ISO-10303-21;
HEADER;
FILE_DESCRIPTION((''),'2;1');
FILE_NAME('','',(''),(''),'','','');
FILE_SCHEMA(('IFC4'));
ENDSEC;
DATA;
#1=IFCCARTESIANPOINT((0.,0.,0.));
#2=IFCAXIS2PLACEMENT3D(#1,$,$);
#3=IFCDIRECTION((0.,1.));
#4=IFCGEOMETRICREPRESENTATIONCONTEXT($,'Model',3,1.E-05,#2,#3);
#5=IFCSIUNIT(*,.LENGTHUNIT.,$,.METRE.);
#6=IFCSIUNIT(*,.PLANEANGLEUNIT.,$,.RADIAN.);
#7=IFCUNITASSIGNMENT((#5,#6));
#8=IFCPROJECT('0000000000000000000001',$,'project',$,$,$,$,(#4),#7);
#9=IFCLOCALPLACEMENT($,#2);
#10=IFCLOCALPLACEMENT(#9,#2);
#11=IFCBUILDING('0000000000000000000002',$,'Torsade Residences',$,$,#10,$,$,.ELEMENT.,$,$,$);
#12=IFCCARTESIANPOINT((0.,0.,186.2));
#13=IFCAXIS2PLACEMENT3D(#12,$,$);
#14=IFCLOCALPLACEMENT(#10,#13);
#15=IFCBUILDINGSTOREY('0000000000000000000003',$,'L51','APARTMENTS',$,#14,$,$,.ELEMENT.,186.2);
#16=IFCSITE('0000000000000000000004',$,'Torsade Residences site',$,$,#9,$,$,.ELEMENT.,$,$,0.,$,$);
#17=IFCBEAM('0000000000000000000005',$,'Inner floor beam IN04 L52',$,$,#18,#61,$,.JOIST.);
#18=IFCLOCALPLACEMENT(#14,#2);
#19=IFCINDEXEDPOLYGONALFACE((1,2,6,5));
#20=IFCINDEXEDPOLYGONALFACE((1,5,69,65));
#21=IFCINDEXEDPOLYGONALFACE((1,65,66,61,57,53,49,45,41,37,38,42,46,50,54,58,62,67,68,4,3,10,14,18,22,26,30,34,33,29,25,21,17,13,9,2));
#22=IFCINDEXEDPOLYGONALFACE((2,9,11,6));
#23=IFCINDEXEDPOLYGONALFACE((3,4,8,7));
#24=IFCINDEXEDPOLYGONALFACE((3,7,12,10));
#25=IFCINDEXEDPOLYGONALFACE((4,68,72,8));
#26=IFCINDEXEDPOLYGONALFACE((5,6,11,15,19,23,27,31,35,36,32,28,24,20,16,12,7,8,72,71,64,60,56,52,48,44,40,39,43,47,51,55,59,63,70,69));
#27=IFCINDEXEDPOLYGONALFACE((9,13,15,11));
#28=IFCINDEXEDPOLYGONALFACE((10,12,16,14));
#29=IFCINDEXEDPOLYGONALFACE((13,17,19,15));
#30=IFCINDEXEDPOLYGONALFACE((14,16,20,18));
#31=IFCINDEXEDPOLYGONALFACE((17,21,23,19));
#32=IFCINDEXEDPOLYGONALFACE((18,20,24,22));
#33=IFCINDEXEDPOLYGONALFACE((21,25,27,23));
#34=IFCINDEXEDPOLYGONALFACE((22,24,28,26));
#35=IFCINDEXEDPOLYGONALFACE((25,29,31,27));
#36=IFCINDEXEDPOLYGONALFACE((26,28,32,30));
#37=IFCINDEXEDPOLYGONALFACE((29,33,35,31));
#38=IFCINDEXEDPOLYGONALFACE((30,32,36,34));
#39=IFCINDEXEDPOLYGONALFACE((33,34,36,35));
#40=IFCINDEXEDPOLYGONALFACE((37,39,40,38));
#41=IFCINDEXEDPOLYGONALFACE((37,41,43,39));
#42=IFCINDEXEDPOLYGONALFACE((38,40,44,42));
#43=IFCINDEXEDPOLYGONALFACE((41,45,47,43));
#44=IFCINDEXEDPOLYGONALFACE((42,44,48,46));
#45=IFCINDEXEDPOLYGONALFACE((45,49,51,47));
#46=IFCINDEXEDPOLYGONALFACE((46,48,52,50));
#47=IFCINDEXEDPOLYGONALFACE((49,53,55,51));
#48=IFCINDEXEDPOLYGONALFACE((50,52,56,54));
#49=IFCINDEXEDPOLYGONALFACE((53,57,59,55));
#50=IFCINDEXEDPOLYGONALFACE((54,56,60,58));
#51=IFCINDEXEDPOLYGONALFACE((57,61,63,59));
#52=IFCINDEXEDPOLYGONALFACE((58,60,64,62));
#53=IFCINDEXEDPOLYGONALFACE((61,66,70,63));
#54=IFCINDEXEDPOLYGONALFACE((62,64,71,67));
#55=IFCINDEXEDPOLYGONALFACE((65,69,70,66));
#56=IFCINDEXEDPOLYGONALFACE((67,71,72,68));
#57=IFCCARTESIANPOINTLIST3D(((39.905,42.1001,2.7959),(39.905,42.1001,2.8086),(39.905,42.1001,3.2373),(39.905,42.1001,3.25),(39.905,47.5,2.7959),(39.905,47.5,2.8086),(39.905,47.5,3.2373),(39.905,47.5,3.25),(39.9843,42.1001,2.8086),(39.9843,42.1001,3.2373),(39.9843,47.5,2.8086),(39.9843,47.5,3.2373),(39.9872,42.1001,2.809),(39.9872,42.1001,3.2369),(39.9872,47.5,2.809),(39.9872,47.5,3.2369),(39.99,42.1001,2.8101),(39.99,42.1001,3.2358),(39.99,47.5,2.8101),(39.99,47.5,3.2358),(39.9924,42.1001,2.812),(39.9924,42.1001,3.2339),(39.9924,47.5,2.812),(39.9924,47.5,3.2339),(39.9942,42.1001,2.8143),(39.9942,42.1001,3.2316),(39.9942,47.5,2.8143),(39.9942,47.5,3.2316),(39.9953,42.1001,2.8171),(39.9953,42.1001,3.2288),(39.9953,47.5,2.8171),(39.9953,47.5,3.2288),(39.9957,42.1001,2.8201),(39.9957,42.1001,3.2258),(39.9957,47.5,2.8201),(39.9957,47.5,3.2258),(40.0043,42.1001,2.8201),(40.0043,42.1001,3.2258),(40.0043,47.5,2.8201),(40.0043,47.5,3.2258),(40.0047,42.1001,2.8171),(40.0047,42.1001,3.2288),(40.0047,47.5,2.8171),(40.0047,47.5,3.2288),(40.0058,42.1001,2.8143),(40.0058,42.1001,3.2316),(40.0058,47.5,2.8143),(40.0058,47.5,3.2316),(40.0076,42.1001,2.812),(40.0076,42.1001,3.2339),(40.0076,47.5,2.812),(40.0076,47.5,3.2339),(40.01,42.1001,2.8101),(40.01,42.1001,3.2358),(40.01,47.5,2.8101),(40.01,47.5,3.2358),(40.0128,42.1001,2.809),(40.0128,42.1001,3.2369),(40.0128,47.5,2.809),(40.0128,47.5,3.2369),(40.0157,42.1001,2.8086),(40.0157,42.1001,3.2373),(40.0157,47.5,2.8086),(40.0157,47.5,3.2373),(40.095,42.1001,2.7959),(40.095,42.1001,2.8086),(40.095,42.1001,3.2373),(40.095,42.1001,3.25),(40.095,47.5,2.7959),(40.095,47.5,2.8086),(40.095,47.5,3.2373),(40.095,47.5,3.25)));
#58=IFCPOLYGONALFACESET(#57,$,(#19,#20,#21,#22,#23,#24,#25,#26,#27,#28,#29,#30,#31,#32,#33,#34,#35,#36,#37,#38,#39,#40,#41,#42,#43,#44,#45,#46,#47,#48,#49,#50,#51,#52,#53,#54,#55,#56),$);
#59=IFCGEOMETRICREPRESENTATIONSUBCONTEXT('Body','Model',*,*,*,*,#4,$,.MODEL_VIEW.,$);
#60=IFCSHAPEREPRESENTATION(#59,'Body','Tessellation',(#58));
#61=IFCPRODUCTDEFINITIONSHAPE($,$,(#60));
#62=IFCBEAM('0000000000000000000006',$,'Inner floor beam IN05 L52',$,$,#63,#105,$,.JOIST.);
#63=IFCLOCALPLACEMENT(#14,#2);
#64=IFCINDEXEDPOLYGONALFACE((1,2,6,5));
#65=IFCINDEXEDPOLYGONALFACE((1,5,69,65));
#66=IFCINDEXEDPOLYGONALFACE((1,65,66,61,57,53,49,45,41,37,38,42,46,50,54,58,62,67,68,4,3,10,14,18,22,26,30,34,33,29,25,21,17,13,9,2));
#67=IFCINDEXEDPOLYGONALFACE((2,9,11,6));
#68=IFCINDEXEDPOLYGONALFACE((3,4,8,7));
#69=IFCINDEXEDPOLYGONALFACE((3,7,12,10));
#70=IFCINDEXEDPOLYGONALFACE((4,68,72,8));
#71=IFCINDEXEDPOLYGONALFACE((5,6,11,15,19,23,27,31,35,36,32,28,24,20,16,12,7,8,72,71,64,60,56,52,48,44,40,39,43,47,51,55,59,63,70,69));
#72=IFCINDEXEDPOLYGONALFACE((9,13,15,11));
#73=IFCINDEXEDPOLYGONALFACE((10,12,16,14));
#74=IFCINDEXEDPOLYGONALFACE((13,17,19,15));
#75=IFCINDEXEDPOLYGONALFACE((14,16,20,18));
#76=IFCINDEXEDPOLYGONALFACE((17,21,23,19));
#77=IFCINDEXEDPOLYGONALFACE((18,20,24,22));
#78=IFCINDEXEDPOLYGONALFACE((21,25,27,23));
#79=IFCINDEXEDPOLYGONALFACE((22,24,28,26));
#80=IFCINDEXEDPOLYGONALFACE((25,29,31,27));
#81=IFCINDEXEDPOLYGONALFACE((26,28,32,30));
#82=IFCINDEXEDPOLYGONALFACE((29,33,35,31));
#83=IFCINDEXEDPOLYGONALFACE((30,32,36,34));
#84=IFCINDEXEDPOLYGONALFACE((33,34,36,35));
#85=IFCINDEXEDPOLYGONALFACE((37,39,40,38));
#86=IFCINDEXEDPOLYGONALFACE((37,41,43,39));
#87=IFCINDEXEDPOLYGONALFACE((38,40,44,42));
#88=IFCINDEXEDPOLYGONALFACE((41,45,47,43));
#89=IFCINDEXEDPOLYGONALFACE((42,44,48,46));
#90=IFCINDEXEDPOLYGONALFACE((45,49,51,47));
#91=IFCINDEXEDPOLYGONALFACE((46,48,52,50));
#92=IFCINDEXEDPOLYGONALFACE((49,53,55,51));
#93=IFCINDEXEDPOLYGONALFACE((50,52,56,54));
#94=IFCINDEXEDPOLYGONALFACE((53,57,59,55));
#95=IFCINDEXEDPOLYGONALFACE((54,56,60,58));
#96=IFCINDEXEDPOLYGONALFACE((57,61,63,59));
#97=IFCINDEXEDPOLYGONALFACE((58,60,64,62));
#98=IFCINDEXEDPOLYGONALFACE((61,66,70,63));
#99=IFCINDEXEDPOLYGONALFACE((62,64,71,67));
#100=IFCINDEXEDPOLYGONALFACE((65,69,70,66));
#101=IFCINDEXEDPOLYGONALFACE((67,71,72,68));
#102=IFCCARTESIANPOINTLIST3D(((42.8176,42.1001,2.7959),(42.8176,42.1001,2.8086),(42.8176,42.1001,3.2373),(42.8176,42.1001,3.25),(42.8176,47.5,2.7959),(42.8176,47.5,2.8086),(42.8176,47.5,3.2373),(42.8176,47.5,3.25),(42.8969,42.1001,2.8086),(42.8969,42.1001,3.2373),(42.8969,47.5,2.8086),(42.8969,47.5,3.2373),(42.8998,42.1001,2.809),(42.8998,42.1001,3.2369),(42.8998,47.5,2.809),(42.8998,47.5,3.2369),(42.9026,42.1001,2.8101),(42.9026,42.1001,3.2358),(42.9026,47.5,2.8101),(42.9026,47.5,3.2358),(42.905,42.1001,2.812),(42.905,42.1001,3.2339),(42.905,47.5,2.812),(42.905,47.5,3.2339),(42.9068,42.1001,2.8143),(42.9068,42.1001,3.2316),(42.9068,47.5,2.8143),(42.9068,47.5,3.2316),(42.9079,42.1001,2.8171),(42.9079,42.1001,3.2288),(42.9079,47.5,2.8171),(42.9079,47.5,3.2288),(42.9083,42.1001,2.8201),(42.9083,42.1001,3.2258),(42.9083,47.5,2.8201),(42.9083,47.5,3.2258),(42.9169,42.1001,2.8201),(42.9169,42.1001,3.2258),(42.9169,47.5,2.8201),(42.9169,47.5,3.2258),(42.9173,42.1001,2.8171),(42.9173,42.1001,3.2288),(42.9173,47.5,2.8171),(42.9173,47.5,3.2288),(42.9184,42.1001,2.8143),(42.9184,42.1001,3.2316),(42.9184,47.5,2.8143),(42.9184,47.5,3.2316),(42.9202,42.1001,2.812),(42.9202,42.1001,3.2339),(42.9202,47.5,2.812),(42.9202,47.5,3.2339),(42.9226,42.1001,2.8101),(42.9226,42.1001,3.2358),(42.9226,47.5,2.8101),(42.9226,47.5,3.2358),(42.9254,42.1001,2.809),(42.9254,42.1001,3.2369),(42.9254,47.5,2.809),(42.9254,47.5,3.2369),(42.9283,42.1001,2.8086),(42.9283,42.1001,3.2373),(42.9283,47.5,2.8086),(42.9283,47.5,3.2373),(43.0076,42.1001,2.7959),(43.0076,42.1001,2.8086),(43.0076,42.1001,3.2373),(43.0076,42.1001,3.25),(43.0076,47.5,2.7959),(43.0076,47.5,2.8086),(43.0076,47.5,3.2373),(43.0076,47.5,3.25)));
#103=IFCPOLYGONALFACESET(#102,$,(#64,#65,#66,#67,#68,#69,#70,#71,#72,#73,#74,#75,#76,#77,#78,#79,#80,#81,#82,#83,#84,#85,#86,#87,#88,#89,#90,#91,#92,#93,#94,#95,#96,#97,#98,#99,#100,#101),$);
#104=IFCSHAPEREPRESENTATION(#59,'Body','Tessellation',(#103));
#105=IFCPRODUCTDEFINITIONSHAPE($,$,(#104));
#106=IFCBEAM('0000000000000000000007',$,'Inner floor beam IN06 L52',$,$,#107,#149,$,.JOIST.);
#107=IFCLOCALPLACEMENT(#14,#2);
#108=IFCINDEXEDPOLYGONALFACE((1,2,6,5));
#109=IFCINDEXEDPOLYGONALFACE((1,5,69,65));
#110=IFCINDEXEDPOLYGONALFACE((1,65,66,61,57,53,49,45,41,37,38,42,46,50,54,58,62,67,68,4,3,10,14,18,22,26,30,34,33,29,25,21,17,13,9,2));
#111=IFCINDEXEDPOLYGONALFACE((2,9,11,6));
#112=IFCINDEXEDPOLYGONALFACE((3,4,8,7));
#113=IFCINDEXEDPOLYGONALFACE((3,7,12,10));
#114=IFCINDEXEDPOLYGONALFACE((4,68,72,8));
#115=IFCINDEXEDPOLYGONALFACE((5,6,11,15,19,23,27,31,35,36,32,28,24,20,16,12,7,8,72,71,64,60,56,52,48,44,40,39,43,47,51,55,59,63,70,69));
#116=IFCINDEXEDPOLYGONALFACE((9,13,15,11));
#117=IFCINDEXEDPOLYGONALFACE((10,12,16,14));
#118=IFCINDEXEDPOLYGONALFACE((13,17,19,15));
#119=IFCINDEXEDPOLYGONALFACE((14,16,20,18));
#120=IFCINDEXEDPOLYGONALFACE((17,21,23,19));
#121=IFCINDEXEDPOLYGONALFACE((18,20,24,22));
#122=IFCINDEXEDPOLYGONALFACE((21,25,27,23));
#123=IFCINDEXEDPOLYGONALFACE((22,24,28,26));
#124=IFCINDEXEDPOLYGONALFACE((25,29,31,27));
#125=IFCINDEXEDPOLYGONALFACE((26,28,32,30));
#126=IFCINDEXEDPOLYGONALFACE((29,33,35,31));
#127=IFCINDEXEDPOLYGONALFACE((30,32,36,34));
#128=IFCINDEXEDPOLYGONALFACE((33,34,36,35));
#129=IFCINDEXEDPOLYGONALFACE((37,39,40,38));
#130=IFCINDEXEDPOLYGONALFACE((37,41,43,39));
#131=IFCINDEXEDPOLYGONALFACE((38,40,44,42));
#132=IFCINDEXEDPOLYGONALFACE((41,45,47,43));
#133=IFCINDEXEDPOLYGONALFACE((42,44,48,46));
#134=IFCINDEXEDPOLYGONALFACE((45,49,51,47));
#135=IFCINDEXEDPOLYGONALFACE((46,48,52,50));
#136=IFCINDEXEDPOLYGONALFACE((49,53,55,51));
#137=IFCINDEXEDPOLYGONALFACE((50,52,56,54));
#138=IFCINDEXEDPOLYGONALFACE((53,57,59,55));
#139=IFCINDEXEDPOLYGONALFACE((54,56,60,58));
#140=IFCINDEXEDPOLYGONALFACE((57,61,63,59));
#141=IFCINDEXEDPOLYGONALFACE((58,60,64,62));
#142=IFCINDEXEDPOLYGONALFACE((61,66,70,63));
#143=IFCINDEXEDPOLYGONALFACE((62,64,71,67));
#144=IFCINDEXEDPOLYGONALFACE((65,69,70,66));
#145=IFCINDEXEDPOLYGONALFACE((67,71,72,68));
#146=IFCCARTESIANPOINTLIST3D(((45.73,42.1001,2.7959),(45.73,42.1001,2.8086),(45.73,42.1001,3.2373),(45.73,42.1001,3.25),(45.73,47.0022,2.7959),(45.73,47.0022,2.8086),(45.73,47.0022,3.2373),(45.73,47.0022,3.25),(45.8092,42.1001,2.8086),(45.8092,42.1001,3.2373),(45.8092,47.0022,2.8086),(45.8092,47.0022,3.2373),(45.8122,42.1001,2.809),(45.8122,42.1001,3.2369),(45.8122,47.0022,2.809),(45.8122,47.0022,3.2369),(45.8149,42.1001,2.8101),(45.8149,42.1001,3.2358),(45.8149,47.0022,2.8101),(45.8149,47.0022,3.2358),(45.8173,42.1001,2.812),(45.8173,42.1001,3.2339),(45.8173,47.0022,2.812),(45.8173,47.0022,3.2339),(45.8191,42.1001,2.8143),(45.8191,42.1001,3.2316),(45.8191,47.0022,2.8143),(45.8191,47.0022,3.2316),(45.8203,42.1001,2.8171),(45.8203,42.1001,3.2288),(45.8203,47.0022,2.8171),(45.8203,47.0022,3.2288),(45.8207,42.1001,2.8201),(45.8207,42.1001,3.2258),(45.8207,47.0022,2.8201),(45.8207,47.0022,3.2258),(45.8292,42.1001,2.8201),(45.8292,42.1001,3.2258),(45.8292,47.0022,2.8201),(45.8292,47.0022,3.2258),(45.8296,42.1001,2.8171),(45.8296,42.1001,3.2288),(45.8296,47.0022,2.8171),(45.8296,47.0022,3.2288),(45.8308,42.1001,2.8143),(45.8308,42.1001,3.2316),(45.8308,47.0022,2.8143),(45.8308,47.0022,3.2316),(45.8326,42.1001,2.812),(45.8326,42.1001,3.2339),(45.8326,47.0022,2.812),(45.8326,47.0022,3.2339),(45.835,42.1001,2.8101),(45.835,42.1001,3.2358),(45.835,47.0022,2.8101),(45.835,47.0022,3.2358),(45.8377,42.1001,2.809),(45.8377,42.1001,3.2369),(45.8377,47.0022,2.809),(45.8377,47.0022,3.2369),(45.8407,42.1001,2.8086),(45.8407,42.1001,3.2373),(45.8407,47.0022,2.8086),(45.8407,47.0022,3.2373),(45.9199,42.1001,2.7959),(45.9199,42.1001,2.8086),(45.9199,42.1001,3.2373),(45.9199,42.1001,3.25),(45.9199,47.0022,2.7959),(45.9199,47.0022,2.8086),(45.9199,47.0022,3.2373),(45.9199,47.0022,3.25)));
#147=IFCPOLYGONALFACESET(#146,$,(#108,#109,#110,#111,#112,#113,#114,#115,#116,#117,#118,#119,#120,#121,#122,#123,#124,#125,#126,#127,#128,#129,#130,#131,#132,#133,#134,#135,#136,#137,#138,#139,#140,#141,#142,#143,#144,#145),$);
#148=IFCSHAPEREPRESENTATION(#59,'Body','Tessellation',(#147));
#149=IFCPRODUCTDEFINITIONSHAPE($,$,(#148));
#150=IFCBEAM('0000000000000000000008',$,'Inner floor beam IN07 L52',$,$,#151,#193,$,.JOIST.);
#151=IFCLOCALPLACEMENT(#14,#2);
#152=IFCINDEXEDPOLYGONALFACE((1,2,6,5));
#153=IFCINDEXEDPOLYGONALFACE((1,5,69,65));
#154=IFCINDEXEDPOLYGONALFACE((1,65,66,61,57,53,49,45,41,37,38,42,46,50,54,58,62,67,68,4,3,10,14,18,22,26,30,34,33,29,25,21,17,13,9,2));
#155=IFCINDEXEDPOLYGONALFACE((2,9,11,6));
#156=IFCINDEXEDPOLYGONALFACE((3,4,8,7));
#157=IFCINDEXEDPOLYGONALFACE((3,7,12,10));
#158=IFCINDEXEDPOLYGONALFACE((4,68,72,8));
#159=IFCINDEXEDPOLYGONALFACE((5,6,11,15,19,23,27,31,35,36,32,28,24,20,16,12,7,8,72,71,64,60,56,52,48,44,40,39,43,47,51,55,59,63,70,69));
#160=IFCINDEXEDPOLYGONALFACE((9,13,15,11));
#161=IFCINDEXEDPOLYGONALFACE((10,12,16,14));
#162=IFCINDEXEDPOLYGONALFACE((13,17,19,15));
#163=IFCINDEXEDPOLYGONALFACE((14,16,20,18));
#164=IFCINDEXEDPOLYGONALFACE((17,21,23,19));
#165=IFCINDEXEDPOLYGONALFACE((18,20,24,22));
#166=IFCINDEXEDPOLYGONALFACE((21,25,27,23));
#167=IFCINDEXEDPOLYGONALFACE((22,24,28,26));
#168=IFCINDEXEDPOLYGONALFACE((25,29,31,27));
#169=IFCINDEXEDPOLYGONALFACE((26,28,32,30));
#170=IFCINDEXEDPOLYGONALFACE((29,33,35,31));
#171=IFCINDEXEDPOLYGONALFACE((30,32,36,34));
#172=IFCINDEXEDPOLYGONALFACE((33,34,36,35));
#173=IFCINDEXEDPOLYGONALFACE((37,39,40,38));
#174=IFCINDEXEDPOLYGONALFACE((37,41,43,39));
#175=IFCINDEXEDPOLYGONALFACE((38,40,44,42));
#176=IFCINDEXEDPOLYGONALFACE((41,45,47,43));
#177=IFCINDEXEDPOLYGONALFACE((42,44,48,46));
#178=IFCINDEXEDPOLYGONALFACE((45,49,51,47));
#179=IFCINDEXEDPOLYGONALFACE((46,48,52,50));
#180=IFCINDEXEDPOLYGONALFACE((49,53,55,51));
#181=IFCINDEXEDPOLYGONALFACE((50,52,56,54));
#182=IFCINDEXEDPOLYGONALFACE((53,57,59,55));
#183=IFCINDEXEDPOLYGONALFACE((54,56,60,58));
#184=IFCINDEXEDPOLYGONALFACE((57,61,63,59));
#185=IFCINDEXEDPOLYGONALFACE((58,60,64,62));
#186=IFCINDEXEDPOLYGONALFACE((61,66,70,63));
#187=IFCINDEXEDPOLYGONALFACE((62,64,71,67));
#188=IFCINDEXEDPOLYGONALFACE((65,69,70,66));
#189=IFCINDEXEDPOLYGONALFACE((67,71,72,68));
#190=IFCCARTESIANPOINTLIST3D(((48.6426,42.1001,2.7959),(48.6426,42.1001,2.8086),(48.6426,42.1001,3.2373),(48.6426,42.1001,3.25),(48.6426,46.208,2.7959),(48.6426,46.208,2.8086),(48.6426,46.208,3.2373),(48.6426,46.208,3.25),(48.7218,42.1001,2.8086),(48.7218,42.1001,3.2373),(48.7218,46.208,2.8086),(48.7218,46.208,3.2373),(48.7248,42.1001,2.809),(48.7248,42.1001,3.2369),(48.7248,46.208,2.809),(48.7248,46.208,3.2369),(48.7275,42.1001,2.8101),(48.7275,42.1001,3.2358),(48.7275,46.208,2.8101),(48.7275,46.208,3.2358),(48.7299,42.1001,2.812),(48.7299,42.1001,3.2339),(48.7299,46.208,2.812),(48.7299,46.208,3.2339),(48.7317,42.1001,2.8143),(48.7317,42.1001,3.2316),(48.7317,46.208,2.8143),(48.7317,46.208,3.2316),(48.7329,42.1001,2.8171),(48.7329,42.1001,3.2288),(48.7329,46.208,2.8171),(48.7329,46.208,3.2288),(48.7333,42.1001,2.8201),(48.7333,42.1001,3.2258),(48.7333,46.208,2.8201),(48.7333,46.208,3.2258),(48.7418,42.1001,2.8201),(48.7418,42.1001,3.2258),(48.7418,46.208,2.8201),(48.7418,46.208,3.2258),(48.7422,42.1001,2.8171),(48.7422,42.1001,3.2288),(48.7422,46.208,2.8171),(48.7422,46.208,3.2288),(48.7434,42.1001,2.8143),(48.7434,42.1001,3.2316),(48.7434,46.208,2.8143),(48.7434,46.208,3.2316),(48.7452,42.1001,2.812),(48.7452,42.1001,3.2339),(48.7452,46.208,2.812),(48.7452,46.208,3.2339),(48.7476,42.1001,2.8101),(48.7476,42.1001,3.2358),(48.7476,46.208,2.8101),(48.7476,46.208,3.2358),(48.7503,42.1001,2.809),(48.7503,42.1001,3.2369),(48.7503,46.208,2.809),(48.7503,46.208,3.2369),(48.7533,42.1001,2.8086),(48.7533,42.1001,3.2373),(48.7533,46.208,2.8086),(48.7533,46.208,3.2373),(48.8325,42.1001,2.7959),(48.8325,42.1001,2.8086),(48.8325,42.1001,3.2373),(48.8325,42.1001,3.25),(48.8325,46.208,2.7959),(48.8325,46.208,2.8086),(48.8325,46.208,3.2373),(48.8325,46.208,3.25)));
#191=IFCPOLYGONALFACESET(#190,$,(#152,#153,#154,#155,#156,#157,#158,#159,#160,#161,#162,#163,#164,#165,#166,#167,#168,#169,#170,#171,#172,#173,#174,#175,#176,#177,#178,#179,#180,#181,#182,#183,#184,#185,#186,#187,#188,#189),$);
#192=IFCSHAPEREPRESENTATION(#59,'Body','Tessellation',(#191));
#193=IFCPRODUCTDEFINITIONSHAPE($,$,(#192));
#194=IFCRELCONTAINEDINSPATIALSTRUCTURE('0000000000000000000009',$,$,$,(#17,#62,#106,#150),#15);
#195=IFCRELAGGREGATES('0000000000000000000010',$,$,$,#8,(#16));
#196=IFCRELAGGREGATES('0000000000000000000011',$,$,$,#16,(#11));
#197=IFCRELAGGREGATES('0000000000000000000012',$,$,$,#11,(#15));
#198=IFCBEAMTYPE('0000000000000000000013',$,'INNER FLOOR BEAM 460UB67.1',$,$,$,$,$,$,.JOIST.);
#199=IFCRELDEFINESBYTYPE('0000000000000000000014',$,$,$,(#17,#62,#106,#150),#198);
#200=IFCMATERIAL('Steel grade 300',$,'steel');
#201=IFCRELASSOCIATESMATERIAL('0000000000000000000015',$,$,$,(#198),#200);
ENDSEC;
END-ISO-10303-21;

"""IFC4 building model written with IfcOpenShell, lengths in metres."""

from ifc_helpers import new_model, si_unit, direction, frame, origin, origin_2d, place, context, subcontext, project, spatial, i_section, extrude, material, material_profile, profile_set, type_object, element, save


model = new_model("IFC4")

# Units and contexts
model_context = context("Model", 3, precision=1e-05, world=origin(), true_north=direction((0.0, 1.0)))
body_context = subcontext(model_context, "Body", "Model", "MODEL_VIEW")
ifc_project = project(units=[si_unit("LENGTHUNIT", "METRE"), si_unit("PLANEANGLEUNIT", "RADIAN")], contexts=[model_context])

# Site, building, storey
site_placement = place(None, origin())
site = spatial("IfcSite", under=ifc_project, at=site_placement, Name="Torsade Residences site", CompositionType="ELEMENT", RefElevation=0.0)
building_placement = place(site_placement, origin())
building = spatial("IfcBuilding", under=site, at=building_placement, Name="Torsade Residences", CompositionType="ELEMENT")
storey_placement = place(building_placement, frame((0.0, 0.0, 186.2)))
storey = spatial("IfcBuildingStorey", under=building, at=storey_placement, Name="L51", Description="APARTMENTS", CompositionType="ELEMENT", Elevation=186.2)

# Beams
ifc_material_1 = material(Name="Steel grade 300", Category="steel")
ifc_material_profile = material_profile(ifc_material_1, i_section(OverallWidth=0.1899, OverallDepth=0.4541, WebThickness=0.0085, FlangeThickness=0.0127, FilletRadius=0.0115, at=origin_2d()), Name="460UB67.1")
ifc_profile_set = profile_set([ifc_material_profile], Name="Steel grade 300")
beam_type = type_object("IfcBeamType", Name="INNER FLOOR BEAM 460UB67.1", PredefinedType="JOIST", material=ifc_profile_set)
for number, where, z_axis, x_axis, name in (
    (1, (40.0, 42.1001, 3.0229), (0.0, 1.0, 0.0), (-1.0, 0.0, 0.0), "Inner floor beam IN04 L52"),
    (2, (42.9126, 42.1001, 3.0229), (0.0, 1.0, 0.0), (-1.0, 0.0, 0.0), "Inner floor beam IN05 L52"),
):
    element("IfcBeam", number, at=place(storey_placement, frame(where, z_axis=z_axis, x_axis=x_axis)), inside=storey, type_object=beam_type, Name=name, PredefinedType="JOIST", context=body_context, shape_type="SweptSolid", body=[
        extrude(i_section(OverallWidth=0.1899, OverallDepth=0.4541, WebThickness=0.0085, FlangeThickness=0.0127, FilletRadius=0.0115, at=origin_2d()), origin(), (0.0, 0.0, 1.0), 5.3999),
    ])
beam_1_placement = place(storey_placement, frame((45.825, 42.1001, 3.0229), z_axis=(0.0, 1.0, 0.0), x_axis=(-1.0, 0.0, 0.0)))
element("IfcBeam", 3, at=beam_1_placement, inside=storey, type_object=beam_type, Name="Inner floor beam IN06 L52", PredefinedType="JOIST", context=body_context, shape_type="SweptSolid", body=[
    extrude(i_section(OverallWidth=0.1899, OverallDepth=0.4541, WebThickness=0.0085, FlangeThickness=0.0127, FilletRadius=0.0115, at=origin_2d()), origin(), (0.0, 0.0, 1.0), 4.9021),
])
beam_2_placement = place(storey_placement, frame((48.7375, 42.1001, 3.0229), z_axis=(0.0, 1.0, 0.0), x_axis=(-1.0, 0.0, 0.0)))
element("IfcBeam", 4, at=beam_2_placement, inside=storey, type_object=beam_type, Name="Inner floor beam IN07 L52", PredefinedType="JOIST", context=body_context, shape_type="SweptSolid", body=[
    extrude(i_section(OverallWidth=0.1899, OverallDepth=0.4541, WebThickness=0.0085, FlangeThickness=0.0127, FilletRadius=0.0115, at=origin_2d()), origin(), (0.0, 0.0, 1.0), 4.1079),
])

save(model, "model.ifc")
